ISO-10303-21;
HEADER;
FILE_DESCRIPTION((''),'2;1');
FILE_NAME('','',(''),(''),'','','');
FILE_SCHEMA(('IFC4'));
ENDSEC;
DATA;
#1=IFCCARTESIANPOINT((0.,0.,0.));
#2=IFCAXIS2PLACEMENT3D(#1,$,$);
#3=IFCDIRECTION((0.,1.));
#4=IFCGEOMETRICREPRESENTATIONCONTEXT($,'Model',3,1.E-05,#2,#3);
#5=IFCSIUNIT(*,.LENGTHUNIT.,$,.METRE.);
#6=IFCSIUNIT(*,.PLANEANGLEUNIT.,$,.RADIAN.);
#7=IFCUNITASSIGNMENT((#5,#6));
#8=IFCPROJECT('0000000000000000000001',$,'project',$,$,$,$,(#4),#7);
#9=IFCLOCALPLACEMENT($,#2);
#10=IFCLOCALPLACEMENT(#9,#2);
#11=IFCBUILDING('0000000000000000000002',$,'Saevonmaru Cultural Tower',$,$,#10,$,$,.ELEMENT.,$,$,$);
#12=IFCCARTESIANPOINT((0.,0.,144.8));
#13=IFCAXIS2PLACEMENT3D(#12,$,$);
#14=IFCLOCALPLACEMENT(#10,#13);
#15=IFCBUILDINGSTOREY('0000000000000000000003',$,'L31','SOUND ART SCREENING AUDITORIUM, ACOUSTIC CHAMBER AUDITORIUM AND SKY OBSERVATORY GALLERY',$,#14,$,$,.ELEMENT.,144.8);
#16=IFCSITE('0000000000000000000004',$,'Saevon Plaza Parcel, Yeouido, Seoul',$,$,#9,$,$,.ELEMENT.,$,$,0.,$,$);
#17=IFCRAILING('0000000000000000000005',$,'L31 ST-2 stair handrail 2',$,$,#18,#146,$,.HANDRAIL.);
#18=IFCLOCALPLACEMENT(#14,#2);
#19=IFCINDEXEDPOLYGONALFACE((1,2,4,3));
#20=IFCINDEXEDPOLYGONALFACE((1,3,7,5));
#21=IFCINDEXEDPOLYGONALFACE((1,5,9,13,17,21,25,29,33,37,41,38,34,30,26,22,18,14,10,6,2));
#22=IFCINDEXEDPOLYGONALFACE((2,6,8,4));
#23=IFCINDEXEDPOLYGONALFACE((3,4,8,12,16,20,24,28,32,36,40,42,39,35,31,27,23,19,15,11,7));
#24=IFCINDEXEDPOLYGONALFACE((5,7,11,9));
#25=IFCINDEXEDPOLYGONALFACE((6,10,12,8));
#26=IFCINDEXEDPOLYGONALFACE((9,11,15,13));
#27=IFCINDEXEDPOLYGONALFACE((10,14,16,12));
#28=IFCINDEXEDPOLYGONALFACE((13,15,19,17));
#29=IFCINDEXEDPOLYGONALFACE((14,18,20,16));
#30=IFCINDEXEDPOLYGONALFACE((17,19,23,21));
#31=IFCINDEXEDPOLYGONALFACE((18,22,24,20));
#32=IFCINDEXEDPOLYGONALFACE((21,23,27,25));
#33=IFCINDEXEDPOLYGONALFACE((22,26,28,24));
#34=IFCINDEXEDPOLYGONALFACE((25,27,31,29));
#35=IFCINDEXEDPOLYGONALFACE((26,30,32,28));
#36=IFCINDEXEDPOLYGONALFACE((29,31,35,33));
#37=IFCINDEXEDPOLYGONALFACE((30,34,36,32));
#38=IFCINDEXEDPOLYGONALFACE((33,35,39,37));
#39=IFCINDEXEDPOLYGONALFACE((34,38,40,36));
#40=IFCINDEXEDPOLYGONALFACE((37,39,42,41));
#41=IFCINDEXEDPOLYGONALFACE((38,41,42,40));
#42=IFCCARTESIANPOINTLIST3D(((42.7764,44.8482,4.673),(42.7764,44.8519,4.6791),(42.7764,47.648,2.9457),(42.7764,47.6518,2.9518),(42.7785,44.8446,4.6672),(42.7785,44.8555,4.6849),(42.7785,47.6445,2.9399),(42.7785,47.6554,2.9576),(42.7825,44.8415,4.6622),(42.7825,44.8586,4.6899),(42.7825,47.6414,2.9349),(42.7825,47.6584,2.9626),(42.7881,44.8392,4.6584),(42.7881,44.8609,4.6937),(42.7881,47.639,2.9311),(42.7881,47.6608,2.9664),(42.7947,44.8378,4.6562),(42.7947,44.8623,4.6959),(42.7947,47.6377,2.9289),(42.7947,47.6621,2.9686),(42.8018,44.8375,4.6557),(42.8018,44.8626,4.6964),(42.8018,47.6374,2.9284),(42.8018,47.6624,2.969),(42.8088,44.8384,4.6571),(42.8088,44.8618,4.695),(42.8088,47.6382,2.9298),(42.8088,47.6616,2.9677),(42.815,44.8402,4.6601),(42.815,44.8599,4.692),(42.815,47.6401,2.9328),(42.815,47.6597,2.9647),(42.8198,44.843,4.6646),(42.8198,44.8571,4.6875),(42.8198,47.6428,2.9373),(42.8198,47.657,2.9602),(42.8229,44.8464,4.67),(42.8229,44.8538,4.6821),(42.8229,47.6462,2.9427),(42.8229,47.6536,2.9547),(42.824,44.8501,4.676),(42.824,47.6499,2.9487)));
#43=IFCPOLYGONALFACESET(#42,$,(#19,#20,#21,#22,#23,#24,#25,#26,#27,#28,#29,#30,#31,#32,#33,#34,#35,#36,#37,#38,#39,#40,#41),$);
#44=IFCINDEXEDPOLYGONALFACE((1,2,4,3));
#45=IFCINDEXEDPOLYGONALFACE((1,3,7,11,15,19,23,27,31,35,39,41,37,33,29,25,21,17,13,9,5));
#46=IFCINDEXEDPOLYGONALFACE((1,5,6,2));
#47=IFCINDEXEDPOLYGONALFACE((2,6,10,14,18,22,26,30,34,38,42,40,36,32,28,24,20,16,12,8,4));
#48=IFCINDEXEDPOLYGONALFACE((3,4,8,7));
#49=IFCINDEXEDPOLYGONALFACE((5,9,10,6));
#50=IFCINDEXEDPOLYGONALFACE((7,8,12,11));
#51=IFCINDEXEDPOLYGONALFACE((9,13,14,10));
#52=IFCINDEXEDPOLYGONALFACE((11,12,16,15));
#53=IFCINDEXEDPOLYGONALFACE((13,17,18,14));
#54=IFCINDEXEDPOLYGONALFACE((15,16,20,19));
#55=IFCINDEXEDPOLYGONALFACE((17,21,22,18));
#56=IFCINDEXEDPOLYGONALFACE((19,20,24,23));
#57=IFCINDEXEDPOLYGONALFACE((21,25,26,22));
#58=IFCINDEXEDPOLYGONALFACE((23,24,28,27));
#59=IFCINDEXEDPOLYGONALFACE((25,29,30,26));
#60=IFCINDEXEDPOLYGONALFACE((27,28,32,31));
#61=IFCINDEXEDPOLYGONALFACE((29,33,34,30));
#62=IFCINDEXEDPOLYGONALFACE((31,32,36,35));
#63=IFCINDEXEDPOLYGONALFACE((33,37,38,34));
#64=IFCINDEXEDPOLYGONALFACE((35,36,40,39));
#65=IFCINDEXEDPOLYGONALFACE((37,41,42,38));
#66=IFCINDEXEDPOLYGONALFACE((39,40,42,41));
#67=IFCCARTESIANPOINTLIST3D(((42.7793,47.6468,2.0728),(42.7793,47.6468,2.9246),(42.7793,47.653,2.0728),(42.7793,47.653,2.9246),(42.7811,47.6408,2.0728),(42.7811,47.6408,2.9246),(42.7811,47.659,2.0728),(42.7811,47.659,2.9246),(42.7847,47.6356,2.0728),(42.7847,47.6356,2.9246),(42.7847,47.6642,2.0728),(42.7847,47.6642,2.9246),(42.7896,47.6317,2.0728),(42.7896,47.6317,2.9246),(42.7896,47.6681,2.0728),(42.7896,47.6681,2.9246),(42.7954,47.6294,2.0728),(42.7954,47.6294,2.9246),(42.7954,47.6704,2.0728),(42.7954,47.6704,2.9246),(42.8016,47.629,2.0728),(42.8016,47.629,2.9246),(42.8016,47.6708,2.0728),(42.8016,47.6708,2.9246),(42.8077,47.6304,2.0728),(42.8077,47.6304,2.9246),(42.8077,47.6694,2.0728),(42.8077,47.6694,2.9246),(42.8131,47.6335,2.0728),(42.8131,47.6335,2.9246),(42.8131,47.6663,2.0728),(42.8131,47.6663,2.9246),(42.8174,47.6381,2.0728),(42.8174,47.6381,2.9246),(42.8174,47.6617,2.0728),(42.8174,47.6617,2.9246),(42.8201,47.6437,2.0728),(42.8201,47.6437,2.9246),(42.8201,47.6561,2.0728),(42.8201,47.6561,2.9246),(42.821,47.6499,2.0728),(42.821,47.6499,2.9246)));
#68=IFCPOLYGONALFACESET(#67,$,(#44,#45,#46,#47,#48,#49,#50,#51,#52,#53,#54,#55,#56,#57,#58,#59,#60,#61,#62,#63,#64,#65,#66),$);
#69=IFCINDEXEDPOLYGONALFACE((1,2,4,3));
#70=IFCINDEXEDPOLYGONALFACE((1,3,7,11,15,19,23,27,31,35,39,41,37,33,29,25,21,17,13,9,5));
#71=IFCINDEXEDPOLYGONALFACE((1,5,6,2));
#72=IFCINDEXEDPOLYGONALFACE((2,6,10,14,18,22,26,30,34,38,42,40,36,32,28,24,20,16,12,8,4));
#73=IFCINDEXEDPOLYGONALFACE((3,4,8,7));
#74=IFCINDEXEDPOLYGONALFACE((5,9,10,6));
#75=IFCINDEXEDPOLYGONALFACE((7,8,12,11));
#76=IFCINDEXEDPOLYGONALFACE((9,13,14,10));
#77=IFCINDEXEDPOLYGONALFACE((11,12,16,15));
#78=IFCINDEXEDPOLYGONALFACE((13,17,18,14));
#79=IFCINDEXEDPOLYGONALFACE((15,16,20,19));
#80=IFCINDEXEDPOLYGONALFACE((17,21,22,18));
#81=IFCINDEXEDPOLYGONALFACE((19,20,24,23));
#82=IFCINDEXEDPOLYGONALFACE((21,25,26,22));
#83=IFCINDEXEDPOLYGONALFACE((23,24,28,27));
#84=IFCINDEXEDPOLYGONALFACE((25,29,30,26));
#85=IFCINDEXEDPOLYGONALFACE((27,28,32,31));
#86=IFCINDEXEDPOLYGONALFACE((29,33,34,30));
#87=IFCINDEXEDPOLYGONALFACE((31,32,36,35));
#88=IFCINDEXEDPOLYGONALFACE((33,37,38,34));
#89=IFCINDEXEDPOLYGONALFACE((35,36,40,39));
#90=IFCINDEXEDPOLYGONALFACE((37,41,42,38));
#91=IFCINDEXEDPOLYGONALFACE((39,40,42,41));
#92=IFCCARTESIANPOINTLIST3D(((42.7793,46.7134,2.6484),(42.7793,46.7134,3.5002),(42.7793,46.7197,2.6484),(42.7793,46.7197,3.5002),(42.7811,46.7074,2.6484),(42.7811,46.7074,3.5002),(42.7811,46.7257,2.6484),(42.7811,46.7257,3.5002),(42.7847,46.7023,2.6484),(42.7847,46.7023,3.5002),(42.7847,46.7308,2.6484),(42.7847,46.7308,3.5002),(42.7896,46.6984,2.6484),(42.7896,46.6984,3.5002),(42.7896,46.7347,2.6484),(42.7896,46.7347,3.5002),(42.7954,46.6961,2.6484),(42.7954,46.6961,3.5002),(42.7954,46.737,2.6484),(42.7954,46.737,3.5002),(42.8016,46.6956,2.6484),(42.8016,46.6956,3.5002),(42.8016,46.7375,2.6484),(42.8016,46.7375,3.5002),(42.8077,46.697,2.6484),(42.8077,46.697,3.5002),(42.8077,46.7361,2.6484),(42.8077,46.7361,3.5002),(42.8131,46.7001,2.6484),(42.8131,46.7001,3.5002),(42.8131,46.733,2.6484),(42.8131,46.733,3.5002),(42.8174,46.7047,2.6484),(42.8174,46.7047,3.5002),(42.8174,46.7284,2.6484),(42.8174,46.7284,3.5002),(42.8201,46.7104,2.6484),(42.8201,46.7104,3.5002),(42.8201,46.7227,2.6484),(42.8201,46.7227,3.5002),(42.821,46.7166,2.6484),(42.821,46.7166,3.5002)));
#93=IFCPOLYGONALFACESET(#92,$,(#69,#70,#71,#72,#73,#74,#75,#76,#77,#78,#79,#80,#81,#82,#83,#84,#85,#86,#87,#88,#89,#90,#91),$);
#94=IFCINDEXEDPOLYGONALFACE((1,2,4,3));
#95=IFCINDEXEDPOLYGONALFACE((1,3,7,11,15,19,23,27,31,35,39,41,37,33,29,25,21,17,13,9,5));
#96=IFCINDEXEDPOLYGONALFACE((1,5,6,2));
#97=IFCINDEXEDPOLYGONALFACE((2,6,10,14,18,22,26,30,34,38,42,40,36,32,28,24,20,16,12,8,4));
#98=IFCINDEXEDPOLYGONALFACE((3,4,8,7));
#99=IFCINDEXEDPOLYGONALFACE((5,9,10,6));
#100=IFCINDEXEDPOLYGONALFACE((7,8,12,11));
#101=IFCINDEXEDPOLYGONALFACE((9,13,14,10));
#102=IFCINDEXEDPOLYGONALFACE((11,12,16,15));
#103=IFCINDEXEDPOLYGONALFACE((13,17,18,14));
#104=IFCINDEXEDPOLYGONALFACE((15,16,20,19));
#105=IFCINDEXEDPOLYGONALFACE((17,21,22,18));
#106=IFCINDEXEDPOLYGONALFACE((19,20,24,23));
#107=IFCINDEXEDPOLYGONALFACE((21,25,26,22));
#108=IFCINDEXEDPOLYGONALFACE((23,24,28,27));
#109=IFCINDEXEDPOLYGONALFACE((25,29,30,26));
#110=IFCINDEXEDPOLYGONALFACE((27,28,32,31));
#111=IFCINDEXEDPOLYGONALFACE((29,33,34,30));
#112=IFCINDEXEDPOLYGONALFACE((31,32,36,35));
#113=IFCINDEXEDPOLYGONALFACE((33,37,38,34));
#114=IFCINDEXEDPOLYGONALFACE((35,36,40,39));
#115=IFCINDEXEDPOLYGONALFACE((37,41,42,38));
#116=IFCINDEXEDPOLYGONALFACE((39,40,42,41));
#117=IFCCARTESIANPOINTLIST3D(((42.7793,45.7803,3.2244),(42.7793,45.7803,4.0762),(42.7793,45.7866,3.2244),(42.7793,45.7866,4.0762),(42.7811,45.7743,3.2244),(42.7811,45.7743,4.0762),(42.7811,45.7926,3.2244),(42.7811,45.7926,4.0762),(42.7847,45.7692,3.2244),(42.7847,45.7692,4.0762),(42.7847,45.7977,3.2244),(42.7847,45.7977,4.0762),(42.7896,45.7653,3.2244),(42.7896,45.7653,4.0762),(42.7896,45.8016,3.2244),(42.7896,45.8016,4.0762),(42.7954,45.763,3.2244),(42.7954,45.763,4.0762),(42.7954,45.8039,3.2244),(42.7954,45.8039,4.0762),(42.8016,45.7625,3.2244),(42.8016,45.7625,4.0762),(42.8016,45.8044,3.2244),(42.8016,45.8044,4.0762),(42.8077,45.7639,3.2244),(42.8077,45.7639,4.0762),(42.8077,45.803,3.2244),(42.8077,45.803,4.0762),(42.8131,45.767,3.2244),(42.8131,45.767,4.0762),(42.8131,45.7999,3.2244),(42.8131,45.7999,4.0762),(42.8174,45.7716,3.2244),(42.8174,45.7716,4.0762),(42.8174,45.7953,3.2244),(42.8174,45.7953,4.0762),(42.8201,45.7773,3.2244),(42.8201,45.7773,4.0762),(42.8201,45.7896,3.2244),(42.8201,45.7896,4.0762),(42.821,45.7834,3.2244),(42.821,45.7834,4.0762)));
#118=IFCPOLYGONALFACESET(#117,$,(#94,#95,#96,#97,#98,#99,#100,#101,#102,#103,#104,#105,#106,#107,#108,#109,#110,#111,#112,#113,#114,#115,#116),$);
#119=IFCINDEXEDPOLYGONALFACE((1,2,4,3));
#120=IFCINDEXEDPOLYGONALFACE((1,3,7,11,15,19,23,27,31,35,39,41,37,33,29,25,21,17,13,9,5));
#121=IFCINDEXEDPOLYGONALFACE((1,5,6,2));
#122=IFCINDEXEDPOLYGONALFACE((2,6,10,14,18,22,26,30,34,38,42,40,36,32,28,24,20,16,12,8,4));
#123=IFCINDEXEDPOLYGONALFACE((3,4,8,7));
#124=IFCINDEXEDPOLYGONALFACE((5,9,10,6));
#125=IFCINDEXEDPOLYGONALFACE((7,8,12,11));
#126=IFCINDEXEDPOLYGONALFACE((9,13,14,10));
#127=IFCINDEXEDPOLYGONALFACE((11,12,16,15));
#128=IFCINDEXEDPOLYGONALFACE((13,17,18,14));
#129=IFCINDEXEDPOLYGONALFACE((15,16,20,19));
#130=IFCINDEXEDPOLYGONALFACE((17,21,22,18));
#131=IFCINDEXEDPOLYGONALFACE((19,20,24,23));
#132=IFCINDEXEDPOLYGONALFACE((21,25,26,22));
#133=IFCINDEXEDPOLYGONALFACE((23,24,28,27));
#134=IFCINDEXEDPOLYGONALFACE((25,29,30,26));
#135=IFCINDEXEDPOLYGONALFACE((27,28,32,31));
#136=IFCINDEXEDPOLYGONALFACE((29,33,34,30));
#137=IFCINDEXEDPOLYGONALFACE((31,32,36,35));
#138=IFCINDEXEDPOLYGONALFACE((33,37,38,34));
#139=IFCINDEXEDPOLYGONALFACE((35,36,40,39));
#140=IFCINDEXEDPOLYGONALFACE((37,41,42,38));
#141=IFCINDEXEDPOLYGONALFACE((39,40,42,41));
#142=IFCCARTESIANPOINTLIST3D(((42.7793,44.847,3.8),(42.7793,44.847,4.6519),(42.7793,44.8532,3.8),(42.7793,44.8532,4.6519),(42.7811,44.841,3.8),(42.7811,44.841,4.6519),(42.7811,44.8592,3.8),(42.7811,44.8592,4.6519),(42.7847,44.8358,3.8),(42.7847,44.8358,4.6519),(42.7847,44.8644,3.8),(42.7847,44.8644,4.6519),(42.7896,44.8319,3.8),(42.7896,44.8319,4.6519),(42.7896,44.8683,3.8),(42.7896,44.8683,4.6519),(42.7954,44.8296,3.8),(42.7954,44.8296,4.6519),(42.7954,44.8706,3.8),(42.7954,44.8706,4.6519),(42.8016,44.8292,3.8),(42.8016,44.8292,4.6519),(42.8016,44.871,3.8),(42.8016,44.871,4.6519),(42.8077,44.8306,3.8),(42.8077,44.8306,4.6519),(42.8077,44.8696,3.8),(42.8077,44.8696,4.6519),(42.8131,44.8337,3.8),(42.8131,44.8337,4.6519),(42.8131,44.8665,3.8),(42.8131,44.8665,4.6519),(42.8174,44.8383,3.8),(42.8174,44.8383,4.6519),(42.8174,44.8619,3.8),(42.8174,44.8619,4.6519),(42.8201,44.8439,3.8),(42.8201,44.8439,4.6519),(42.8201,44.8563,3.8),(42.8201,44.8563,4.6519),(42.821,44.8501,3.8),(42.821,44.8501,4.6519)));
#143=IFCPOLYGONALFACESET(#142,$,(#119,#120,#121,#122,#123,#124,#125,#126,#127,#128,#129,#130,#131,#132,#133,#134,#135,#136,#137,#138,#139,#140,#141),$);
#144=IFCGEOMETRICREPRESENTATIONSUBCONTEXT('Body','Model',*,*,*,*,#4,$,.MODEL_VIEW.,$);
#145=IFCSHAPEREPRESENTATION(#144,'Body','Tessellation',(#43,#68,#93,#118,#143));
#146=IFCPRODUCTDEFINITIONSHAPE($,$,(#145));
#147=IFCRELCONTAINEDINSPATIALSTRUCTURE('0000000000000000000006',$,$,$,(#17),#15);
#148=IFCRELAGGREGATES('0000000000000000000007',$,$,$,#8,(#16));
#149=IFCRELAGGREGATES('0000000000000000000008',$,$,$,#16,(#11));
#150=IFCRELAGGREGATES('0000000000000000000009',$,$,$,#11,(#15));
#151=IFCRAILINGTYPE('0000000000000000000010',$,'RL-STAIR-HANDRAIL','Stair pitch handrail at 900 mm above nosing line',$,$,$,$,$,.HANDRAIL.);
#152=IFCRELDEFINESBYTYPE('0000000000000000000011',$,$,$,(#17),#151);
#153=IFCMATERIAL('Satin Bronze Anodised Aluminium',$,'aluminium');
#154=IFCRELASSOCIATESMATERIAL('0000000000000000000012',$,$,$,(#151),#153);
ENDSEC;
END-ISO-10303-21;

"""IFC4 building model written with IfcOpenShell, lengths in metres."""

from ifc_helpers import new_model, si_unit, direction, frame, origin, origin_2d, place, context, subcontext, project, spatial, circle, extrude, material, type_object, element, save


model = new_model("IFC4")

# Units and contexts
model_context = context("Model", 3, precision=1e-05, world=origin(), true_north=direction((0.0, 1.0)))
body_context = subcontext(model_context, "Body", "Model", "MODEL_VIEW")
ifc_project = project(units=[si_unit("LENGTHUNIT", "METRE"), si_unit("PLANEANGLEUNIT", "RADIAN")], contexts=[model_context])

# Site, building, storey
site_placement = place(None, origin())
site = spatial("IfcSite", under=ifc_project, at=site_placement, Name="Saevon Plaza Parcel, Yeouido, Seoul", CompositionType="ELEMENT", RefElevation=0.0)
building_placement = place(site_placement, origin())
building = spatial("IfcBuilding", under=site, at=building_placement, Name="Saevonmaru Cultural Tower", CompositionType="ELEMENT")
storey_placement = place(building_placement, frame((0.0, 0.0, 144.8)))
storey = spatial("IfcBuildingStorey", under=building, at=storey_placement, Name="L31", Description="SOUND ART SCREENING AUDITORIUM, ACOUSTIC CHAMBER AUDITORIUM AND SKY OBSERVATORY GALLERY", CompositionType="ELEMENT", Elevation=144.8)

# Shared definitions
ifc_material_1 = material(Name="Satin Bronze Anodised Aluminium", Category="aluminium")

# Railing
railing_type_1 = type_object("IfcRailingType", Name="RL-STAIR-HANDRAIL", Description="Stair pitch handrail at 900 mm above nosing line", PredefinedType="HANDRAIL", material=ifc_material_1)
railing_1_placement = place(storey_placement, frame((42.8, 47.6499, 2.0728)))
element("IfcRailing", 1, at=railing_1_placement, inside=storey, type_object=railing_type_1, Name="L31 ST-2 stair handrail 2", PredefinedType="HANDRAIL", context=body_context, shape_type="SweptSolid", body=[
    extrude(circle(Radius=0.0239, at=origin_2d()), frame((0.0, 0.0, 0.876), z_axis=(0.0, -0.851069, 0.525054), x_axis=(1.0, 0.0, 0.0)), (0.0, 0.0, 1.0), 3.2898),
    extrude(circle(Radius=0.021, at=origin_2d()), origin(), (0.0, 0.0, 1.0), 0.8518),
    extrude(circle(Radius=0.021, at=origin_2d()), frame((0.0, -0.9333, 0.5757)), (0.0, 0.0, 1.0), 0.8518),
    extrude(circle(Radius=0.021, at=origin_2d()), frame((0.0, -1.8665, 1.1516)), (0.0, 0.0, 1.0), 0.8518),
    extrude(circle(Radius=0.021, at=origin_2d()), frame((0.0, -2.7998, 1.7273)), (0.0, 0.0, 1.0), 0.8518),
])

save(model, "model.ifc")
